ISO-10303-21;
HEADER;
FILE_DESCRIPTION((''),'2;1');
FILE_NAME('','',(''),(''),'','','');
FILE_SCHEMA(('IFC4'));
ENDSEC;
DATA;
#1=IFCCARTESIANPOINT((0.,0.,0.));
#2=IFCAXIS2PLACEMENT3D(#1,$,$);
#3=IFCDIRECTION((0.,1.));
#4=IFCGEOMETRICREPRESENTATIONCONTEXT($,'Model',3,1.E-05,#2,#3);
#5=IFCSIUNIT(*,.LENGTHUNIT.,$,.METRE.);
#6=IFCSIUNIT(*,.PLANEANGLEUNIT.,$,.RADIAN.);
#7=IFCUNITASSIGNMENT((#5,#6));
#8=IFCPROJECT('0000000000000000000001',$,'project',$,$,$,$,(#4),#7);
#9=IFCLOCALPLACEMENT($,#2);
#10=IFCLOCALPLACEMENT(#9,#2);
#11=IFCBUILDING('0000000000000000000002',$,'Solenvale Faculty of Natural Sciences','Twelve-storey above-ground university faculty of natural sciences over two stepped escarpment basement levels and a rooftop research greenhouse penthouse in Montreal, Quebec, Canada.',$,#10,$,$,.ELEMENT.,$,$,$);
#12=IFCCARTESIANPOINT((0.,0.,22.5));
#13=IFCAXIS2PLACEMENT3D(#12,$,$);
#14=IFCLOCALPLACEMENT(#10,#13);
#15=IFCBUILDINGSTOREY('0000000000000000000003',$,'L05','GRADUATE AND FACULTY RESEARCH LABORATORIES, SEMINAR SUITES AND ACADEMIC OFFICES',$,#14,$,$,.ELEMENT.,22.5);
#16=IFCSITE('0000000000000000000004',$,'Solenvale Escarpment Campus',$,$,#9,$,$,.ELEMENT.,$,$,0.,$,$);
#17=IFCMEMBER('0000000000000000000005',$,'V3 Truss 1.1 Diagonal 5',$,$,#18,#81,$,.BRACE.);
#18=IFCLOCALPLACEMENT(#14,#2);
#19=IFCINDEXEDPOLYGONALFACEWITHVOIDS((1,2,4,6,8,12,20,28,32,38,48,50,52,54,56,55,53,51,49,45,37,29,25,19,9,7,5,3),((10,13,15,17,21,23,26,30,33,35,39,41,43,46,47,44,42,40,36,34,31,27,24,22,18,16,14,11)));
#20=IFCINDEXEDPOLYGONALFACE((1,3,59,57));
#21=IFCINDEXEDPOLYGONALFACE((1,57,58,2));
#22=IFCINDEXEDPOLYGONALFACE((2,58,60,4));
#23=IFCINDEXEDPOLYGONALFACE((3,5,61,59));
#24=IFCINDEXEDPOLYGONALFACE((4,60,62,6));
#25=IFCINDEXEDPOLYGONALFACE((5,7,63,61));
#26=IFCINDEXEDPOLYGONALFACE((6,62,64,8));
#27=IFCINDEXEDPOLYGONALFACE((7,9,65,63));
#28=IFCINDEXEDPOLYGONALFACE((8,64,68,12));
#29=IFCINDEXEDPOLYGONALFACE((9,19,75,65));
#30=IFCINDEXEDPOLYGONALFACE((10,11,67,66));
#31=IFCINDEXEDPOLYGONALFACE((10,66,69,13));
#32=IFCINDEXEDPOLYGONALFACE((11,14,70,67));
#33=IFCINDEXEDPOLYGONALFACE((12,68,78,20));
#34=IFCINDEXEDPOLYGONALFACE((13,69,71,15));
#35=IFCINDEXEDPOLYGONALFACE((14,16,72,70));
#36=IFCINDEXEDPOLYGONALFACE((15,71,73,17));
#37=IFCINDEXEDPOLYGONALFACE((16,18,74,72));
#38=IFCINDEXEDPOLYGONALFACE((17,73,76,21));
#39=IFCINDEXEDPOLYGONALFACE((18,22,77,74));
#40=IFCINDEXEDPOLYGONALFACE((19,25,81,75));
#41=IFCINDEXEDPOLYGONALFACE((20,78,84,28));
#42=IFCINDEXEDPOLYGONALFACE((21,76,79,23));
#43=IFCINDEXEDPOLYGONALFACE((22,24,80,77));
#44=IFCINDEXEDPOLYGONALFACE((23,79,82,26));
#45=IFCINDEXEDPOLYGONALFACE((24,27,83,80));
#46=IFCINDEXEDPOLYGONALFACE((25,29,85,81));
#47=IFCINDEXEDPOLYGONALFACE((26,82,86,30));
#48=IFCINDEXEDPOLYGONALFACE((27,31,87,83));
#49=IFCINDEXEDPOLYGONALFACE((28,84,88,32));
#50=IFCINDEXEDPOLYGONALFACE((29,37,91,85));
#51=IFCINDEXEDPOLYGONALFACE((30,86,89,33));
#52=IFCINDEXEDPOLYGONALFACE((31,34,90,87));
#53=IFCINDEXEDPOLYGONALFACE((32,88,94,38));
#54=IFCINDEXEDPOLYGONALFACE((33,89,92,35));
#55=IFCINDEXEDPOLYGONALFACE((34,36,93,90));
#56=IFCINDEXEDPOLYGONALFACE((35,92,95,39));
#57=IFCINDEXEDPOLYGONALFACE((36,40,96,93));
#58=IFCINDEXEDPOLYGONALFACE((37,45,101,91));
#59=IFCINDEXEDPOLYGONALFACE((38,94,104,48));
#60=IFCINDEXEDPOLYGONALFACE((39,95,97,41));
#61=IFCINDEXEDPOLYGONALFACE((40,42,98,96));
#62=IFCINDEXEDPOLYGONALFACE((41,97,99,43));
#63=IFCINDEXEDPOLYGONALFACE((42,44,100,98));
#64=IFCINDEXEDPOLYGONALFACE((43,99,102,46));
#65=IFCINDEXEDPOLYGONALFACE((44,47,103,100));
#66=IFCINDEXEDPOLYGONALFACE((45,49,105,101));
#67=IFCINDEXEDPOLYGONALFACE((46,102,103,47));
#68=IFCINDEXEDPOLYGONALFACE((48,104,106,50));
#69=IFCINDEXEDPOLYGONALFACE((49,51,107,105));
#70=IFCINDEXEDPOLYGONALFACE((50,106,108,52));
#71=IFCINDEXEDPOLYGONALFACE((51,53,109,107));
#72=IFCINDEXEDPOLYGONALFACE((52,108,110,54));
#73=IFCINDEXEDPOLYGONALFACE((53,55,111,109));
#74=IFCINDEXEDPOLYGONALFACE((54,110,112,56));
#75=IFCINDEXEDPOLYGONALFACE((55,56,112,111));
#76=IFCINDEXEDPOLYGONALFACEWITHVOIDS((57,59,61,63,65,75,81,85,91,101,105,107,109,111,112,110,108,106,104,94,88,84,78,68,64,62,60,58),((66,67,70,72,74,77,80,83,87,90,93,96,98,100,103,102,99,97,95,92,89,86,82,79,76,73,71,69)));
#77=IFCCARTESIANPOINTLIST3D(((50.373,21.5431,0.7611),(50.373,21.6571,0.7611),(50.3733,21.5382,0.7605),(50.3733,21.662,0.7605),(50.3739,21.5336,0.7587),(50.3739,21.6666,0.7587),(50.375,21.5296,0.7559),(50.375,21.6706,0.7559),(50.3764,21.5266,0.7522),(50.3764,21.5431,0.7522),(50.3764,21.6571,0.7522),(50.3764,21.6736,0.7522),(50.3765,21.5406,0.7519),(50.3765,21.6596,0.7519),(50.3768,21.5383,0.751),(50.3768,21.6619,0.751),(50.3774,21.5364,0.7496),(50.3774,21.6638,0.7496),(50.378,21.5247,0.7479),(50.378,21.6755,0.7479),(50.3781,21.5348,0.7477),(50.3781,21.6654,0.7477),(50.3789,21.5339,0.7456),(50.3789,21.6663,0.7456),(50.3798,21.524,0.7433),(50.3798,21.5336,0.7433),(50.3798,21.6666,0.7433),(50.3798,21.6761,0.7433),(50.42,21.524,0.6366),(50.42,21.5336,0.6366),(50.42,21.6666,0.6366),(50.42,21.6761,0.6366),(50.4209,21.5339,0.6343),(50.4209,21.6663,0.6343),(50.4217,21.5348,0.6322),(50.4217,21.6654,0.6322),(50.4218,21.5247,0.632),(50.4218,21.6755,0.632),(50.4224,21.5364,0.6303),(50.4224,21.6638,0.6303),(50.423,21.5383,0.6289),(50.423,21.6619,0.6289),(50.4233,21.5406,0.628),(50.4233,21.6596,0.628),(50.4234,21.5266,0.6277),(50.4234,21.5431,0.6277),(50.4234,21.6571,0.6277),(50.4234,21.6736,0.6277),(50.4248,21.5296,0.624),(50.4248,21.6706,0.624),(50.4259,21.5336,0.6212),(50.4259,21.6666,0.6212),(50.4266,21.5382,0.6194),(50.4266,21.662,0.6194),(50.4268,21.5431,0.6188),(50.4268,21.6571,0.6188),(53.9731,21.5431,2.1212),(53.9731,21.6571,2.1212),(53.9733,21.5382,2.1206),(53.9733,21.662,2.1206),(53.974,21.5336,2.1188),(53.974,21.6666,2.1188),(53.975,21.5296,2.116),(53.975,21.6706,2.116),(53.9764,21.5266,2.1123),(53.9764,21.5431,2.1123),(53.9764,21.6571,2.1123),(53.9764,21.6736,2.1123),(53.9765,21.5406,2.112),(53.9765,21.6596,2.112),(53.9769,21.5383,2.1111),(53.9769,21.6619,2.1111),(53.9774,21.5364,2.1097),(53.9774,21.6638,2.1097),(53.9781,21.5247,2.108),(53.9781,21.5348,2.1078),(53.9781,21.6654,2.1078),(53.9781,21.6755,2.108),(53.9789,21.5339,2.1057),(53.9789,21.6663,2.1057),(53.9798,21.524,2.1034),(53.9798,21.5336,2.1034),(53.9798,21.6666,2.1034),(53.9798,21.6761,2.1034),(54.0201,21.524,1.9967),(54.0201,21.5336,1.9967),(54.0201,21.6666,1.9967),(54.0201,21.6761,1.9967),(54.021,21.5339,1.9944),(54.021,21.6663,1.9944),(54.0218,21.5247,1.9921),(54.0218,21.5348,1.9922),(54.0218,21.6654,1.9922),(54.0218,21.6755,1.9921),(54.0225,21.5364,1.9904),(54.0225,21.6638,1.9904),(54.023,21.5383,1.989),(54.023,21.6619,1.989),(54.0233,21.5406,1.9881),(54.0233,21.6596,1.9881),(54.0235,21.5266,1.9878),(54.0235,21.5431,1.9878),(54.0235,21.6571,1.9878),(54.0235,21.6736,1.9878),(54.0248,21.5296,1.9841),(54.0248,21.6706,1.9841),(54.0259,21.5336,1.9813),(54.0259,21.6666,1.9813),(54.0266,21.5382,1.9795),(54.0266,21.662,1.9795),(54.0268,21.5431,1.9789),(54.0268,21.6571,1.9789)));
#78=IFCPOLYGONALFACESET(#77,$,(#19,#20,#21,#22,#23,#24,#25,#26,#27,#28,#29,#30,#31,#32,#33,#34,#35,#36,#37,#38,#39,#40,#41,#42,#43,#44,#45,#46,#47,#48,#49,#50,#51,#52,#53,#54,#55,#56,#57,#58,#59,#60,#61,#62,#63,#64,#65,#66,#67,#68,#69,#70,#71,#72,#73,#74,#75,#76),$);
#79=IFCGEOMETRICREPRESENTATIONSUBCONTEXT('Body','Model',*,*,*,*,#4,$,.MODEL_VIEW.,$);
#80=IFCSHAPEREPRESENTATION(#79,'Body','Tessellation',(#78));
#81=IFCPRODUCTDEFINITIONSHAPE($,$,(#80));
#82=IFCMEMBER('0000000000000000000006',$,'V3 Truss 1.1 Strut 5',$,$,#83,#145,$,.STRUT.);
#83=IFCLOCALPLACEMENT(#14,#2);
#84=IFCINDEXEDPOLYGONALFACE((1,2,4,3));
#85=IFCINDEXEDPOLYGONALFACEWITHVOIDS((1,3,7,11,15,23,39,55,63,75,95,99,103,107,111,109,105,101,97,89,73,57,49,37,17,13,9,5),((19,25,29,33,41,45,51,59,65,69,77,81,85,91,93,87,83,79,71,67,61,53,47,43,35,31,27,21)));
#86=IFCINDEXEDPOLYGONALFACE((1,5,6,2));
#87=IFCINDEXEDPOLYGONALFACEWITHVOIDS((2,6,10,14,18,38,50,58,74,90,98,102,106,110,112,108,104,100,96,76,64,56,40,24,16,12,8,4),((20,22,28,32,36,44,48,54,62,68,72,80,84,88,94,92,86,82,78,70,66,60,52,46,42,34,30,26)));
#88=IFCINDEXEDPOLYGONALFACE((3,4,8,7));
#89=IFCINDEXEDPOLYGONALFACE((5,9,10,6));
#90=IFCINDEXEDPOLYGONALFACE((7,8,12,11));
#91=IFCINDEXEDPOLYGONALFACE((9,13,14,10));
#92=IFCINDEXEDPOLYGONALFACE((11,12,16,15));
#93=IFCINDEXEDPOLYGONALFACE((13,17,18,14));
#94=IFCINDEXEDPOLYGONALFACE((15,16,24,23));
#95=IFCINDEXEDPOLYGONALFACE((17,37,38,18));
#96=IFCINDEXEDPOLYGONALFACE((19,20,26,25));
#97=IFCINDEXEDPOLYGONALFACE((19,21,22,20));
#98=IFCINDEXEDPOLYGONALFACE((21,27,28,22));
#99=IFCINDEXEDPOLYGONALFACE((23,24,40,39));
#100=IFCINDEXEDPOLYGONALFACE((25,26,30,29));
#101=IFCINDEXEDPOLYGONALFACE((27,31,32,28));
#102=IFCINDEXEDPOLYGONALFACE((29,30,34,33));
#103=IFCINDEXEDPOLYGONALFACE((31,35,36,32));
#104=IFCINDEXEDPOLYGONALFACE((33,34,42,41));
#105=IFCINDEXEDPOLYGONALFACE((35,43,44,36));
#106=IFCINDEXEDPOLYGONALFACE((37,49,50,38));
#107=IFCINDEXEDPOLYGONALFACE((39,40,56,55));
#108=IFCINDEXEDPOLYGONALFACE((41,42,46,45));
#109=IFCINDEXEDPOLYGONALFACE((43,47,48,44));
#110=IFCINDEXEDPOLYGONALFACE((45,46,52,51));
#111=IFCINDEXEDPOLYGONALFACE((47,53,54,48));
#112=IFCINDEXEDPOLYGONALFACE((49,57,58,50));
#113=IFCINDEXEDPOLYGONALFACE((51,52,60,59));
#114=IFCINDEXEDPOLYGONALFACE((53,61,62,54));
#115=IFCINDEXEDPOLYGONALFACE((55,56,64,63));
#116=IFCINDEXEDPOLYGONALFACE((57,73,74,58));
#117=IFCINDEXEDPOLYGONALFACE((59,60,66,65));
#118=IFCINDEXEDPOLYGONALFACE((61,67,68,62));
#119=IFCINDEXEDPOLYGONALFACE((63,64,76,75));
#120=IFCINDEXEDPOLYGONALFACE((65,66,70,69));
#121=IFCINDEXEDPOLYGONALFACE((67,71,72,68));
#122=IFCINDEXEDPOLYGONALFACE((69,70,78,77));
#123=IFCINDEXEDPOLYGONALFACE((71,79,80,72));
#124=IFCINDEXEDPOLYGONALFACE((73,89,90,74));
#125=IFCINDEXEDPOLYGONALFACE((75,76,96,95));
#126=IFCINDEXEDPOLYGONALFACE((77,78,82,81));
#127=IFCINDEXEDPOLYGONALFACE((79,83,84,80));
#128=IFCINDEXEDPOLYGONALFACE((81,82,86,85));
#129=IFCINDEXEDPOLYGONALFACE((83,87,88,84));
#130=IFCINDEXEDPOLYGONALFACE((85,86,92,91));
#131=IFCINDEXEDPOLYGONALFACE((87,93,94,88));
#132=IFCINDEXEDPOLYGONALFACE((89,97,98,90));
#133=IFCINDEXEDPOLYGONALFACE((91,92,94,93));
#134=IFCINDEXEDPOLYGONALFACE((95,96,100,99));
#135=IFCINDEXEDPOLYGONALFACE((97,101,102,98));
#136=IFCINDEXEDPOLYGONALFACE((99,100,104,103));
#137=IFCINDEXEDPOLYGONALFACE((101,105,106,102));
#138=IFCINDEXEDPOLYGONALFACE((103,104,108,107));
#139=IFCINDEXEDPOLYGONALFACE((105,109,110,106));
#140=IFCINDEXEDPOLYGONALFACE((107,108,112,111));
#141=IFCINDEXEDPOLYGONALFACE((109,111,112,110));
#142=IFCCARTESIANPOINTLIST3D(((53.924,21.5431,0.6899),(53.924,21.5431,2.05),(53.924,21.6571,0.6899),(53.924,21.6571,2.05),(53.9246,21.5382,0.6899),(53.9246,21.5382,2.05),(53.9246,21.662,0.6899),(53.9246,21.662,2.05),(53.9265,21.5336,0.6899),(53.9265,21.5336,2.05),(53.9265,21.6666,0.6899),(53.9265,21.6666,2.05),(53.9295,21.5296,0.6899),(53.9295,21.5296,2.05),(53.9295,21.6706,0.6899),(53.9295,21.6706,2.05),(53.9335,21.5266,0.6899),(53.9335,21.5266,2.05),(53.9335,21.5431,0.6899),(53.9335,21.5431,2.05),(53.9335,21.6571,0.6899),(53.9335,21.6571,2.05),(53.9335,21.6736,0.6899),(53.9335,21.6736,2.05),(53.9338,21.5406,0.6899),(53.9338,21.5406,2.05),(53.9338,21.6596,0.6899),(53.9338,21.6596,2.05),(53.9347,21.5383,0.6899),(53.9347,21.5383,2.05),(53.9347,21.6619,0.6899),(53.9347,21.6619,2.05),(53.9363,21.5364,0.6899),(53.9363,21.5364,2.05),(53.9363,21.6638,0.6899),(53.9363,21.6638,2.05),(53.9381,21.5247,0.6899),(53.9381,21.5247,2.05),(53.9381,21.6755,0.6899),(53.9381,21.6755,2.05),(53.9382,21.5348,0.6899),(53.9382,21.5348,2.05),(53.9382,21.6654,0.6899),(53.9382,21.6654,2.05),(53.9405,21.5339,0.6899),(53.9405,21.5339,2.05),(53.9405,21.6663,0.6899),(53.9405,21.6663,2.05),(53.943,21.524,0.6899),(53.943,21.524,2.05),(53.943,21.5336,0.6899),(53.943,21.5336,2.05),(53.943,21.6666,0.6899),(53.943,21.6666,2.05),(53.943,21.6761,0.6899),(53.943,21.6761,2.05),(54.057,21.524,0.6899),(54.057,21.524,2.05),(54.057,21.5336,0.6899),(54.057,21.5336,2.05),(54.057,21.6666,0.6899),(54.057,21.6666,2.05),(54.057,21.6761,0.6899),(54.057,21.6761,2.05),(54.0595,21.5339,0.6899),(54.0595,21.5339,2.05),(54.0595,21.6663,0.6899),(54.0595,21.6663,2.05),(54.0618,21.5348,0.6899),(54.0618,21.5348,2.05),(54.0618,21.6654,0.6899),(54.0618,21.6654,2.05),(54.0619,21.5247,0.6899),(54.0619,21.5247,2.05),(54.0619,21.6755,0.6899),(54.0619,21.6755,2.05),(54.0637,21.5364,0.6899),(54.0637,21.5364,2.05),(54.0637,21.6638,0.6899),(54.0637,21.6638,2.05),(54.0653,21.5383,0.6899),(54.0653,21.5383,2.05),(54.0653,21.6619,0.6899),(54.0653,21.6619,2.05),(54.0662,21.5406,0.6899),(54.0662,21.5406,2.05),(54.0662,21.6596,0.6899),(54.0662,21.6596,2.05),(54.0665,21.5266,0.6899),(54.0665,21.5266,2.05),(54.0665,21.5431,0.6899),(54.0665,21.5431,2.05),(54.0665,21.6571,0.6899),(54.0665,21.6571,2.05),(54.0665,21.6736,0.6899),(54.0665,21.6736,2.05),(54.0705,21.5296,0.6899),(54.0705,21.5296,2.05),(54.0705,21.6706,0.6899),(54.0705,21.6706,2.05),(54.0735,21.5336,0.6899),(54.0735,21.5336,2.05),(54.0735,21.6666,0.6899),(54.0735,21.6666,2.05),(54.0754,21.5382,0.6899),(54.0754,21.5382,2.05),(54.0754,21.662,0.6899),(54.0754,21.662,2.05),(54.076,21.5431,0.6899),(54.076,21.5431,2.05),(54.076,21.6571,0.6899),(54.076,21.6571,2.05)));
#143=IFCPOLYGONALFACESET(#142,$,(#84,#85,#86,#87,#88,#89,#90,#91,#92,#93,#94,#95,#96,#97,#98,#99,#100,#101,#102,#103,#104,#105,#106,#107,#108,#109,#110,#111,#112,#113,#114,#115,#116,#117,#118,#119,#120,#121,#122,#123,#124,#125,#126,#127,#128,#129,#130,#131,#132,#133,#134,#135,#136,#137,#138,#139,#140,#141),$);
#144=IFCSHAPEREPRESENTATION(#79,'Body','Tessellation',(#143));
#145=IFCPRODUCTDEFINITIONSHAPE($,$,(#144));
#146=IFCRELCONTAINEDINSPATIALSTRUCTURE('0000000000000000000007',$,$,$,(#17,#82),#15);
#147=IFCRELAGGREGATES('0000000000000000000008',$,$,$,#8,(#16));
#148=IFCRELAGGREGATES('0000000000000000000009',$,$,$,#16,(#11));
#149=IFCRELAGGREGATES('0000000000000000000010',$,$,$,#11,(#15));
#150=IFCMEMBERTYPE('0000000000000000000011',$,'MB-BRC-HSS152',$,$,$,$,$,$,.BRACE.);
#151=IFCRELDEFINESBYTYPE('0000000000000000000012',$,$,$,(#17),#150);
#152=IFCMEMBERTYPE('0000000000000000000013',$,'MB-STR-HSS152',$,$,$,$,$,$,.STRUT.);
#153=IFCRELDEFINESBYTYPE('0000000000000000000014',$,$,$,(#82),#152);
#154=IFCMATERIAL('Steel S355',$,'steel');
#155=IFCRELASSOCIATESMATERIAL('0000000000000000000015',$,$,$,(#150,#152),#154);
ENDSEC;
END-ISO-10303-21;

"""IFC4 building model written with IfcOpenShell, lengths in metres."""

from ifc_helpers import new_model, si_unit, direction, frame, origin, origin_2d, place, context, subcontext, project, spatial, hollow_rectangle, extrude, material, material_profile, profile_set, type_object, element, save


model = new_model("IFC4")

# Units and contexts
model_context = context("Model", 3, precision=1e-05, world=origin(), true_north=direction((0.0, 1.0)))
body_context = subcontext(model_context, "Body", "Model", "MODEL_VIEW")
ifc_project = project(units=[si_unit("LENGTHUNIT", "METRE"), si_unit("PLANEANGLEUNIT", "RADIAN")], contexts=[model_context])

# Site, building, storey
site_placement = place(None, origin())
site = spatial("IfcSite", under=ifc_project, at=site_placement, Name="Solenvale Escarpment Campus", CompositionType="ELEMENT", RefElevation=0.0)
building_placement = place(site_placement, origin())
building = spatial("IfcBuilding", under=site, at=building_placement, Name="Solenvale Faculty of Natural Sciences", Description="Twelve-storey above-ground university faculty of natural sciences over two stepped escarpment basement levels and a rooftop research greenhouse penthouse in Montreal, Quebec, Canada.", CompositionType="ELEMENT")
storey_placement = place(building_placement, frame((0.0, 0.0, 22.5)))
storey = spatial("IfcBuildingStorey", under=building, at=storey_placement, Name="L05", Description="GRADUATE AND FACULTY RESEARCH LABORATORIES, SEMINAR SUITES AND ACADEMIC OFFICES", CompositionType="ELEMENT", Elevation=22.5)

# Members
ifc_material_1 = material(Name="Steel S355", Category="steel")
ifc_material_profile_1 = material_profile(ifc_material_1, hollow_rectangle(XDim=0.1521, YDim=0.1521, WallThickness=0.0095, InnerFilletRadius=0.0095, OuterFilletRadius=0.019, at=origin_2d()), Name="HSS152x152x9.5")
ifc_profile_set_1 = profile_set([ifc_material_profile_1], Name="Steel S355")
member_type_1 = type_object("IfcMemberType", Name="MB-BRC-HSS152", PredefinedType="BRACE", material=ifc_profile_set_1)
member_1_placement = place(storey_placement, frame((50.3999, 21.6001, 0.6899), z_axis=(0.935466, 0.0, 0.353417), x_axis=(0.0, 1.0, 0.0)))
element("IfcMember", 1, at=member_1_placement, inside=storey, type_object=member_type_1, Name="V3 Truss 1.1 Diagonal 5", PredefinedType="BRACE", context=body_context, shape_type="SweptSolid", body=[
    extrude(hollow_rectangle(XDim=0.1521, YDim=0.1521, WallThickness=0.0095, InnerFilletRadius=0.0095, OuterFilletRadius=0.019, at=origin_2d()), origin(), (0.0, 0.0, 1.0), 3.8484),
])
ifc_material_profile_2 = material_profile(ifc_material_1, hollow_rectangle(XDim=0.1521, YDim=0.1521, WallThickness=0.0095, InnerFilletRadius=0.0095, OuterFilletRadius=0.019, at=origin_2d()), Name="HSS152x152x9.5")
ifc_profile_set_2 = profile_set([ifc_material_profile_2], Name="Steel S355")
member_type_2 = type_object("IfcMemberType", Name="MB-STR-HSS152", PredefinedType="STRUT", material=ifc_profile_set_2)
member_2_placement = place(storey_placement, frame((54.0, 21.6001, 0.6899), z_axis=(0.0, 0.0, 1.0), x_axis=(1.0, 0.0, 0.0)))
element("IfcMember", 2, at=member_2_placement, inside=storey, type_object=member_type_2, Name="V3 Truss 1.1 Strut 5", PredefinedType="STRUT", context=body_context, shape_type="SweptSolid", body=[
    extrude(hollow_rectangle(XDim=0.1521, YDim=0.1521, WallThickness=0.0095, InnerFilletRadius=0.0095, OuterFilletRadius=0.019, at=origin_2d()), origin(), (0.0, 0.0, 1.0), 1.3601),
])

save(model, "model.ifc")
